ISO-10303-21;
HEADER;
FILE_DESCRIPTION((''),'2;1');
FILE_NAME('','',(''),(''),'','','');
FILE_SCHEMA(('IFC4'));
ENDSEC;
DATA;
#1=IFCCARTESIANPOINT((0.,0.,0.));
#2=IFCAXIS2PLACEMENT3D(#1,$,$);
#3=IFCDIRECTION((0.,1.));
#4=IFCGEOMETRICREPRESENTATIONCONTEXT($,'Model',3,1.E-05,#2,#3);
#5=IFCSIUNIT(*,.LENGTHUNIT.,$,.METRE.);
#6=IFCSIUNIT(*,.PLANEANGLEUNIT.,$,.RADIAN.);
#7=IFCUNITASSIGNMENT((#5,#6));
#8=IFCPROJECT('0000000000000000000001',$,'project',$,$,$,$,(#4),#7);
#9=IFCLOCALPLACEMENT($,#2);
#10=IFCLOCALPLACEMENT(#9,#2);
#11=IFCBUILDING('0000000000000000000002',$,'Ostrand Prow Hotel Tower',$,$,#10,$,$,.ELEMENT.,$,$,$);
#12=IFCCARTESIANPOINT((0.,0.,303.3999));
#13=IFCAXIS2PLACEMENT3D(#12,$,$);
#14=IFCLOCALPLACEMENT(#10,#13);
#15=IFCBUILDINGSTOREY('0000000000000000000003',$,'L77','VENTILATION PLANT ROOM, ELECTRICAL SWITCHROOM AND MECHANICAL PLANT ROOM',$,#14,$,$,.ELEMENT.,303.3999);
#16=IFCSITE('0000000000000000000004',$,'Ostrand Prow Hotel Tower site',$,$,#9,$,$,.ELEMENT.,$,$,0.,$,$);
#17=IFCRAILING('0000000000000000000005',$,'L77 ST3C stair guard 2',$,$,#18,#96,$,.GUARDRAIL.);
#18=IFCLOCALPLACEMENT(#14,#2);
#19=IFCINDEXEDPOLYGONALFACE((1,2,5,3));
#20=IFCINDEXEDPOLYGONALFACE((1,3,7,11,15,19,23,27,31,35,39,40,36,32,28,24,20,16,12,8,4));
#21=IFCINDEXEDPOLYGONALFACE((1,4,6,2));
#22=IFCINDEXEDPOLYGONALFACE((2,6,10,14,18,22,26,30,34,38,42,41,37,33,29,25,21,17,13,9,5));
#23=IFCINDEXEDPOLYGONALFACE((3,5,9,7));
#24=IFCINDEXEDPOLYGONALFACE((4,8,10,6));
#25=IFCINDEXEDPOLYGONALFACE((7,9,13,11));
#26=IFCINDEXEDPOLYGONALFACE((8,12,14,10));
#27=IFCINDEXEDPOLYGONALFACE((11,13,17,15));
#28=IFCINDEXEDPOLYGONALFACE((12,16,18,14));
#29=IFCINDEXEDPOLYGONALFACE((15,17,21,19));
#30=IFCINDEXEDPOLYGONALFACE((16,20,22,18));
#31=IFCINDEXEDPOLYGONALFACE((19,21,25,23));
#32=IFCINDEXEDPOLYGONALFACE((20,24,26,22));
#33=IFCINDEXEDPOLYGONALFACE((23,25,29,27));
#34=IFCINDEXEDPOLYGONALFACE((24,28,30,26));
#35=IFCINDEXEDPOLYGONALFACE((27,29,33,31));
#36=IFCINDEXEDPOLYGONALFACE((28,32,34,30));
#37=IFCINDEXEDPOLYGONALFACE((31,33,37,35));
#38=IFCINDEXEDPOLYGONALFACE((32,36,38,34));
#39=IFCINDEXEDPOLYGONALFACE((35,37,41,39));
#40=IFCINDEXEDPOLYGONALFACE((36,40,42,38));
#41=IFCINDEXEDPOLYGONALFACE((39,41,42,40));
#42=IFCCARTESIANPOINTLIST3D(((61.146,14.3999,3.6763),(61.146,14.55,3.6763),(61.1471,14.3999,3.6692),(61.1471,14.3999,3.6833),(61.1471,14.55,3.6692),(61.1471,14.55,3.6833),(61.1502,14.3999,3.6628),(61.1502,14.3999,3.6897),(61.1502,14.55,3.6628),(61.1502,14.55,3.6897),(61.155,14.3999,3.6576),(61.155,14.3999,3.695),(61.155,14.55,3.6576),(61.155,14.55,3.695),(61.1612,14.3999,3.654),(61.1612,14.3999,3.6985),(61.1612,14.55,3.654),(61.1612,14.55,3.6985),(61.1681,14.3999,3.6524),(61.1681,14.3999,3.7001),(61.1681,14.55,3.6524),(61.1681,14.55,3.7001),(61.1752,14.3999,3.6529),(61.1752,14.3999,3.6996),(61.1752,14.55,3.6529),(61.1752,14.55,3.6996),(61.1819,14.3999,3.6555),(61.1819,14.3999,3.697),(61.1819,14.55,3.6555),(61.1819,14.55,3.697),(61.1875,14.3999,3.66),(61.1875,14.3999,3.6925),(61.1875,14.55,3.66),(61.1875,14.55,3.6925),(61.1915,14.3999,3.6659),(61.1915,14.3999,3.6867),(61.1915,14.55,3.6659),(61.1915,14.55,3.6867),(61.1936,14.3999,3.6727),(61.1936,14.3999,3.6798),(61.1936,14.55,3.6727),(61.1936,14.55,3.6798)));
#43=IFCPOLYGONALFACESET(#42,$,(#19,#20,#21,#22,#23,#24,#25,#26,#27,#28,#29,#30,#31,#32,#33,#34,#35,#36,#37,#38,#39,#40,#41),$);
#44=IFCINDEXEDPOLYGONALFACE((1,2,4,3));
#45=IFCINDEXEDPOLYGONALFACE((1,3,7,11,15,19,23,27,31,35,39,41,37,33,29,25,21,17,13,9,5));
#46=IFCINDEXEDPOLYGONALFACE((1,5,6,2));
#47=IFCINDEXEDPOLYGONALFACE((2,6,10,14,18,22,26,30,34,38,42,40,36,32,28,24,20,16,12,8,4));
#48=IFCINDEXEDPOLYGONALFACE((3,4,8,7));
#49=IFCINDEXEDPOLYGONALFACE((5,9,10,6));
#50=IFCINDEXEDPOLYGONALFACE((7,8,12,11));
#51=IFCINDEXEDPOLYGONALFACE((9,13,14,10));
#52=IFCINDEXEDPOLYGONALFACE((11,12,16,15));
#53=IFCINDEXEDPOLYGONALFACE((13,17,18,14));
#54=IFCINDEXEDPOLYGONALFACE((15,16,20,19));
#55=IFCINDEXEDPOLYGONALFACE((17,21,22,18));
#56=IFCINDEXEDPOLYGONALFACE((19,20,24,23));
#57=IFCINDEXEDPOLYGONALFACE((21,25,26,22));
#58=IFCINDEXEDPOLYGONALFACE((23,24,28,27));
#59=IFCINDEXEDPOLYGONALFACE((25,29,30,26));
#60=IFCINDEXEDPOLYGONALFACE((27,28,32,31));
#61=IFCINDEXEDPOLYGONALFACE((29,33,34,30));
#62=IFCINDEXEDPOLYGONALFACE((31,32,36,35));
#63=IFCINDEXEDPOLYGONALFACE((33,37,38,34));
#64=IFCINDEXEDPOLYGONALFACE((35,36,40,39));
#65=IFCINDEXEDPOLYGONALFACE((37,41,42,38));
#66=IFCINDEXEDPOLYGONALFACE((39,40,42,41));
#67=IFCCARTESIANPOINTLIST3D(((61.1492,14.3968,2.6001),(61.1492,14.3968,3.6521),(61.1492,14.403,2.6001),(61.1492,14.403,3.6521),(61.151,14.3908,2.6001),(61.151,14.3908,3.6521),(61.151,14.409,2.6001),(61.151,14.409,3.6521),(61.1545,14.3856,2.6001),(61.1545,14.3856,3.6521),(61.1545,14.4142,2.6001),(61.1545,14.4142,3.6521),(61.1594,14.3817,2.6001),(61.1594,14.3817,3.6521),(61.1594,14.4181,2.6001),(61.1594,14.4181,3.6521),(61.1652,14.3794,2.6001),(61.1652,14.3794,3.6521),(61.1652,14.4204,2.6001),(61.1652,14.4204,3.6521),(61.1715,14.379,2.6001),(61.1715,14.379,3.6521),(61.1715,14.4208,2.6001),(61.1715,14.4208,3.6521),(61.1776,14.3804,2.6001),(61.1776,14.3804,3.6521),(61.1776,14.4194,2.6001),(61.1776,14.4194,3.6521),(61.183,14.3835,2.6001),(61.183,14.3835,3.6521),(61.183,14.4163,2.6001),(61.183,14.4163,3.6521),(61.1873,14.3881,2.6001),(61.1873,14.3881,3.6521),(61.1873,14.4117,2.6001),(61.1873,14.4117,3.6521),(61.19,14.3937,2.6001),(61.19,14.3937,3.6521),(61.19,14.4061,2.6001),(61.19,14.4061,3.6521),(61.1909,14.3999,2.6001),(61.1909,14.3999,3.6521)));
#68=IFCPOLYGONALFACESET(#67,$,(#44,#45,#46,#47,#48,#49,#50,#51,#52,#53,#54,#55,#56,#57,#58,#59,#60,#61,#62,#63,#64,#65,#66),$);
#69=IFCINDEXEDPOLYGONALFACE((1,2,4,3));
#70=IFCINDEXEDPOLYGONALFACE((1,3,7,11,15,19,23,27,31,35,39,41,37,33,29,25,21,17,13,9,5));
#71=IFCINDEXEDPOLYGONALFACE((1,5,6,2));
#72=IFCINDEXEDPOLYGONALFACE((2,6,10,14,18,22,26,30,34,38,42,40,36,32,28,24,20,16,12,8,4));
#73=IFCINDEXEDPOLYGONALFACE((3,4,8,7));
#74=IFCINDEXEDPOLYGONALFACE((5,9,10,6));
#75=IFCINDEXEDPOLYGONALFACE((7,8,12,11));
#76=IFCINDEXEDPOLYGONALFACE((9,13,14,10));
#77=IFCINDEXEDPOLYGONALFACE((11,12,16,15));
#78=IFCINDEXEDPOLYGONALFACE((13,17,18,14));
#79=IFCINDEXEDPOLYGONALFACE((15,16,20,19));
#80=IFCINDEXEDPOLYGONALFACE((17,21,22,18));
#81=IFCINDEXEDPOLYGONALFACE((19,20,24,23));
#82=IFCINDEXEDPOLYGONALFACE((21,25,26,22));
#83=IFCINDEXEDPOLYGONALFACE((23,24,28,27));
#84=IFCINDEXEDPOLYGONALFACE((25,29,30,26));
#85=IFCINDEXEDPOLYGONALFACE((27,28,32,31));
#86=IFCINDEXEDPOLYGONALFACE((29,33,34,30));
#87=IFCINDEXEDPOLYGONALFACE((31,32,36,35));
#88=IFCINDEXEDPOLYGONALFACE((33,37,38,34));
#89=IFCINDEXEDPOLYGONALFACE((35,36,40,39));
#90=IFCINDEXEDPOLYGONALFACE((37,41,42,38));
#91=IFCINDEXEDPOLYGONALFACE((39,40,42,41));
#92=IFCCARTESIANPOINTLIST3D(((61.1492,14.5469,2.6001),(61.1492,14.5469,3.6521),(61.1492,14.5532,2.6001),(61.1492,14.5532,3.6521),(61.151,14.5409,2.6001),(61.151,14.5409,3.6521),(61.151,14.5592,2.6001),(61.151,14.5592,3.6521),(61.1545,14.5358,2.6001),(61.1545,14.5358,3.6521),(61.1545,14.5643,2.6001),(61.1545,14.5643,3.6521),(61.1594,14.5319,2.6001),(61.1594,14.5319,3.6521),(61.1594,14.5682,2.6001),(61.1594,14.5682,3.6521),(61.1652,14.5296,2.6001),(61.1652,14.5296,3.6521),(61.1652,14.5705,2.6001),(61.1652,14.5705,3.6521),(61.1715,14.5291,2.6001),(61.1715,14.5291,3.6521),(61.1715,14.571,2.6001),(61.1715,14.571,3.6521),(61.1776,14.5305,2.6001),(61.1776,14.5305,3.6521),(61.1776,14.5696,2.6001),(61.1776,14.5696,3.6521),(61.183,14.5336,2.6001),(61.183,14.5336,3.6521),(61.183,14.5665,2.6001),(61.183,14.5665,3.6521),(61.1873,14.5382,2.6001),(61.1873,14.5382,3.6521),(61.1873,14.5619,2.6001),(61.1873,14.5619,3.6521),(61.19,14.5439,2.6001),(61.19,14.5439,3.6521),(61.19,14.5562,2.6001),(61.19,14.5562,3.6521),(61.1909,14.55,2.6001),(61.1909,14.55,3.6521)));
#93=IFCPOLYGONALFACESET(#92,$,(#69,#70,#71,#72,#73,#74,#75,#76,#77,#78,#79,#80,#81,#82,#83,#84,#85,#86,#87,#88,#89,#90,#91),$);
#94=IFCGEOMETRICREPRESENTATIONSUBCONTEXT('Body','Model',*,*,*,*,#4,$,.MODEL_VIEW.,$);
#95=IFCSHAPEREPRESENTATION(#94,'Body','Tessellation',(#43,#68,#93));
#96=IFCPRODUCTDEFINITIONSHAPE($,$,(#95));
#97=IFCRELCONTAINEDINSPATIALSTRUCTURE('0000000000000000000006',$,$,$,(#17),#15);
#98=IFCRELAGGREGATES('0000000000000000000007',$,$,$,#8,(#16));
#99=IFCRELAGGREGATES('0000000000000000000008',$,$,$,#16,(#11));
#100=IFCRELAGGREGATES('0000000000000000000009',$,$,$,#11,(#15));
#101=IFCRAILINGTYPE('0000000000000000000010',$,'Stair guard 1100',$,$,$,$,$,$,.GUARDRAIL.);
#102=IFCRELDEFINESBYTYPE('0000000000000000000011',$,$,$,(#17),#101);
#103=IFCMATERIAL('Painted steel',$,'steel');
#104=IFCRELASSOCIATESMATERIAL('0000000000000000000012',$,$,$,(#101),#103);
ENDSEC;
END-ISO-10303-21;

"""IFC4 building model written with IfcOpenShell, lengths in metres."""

from ifc_helpers import new_model, si_unit, direction, frame, origin, origin_2d, place, context, subcontext, project, spatial, circle, extrude, material, type_object, element, save


model = new_model("IFC4")

# Units and contexts
model_context = context("Model", 3, precision=1e-05, world=origin(), true_north=direction((0.0, 1.0)))
body_context = subcontext(model_context, "Body", "Model", "MODEL_VIEW")
ifc_project = project(units=[si_unit("LENGTHUNIT", "METRE"), si_unit("PLANEANGLEUNIT", "RADIAN")], contexts=[model_context])

# Site, building, storey
site_placement = place(None, origin())
site = spatial("IfcSite", under=ifc_project, at=site_placement, Name="Ostrand Prow Hotel Tower site", CompositionType="ELEMENT", RefElevation=0.0)
building_placement = place(site_placement, origin())
building = spatial("IfcBuilding", under=site, at=building_placement, Name="Ostrand Prow Hotel Tower", CompositionType="ELEMENT")
storey_placement = place(building_placement, frame((0.0, 0.0, 303.3999)))
storey = spatial("IfcBuildingStorey", under=building, at=storey_placement, Name="L77", Description="VENTILATION PLANT ROOM, ELECTRICAL SWITCHROOM AND MECHANICAL PLANT ROOM", CompositionType="ELEMENT", Elevation=303.3999)

# Railing
ifc_material_1 = material(Name="Painted steel", Category="steel")
railing_type_1 = type_object("IfcRailingType", Name="Stair guard 1100", PredefinedType="GUARDRAIL", material=ifc_material_1)
railing_1_placement = place(storey_placement, frame((61.1699, 14.3999, 2.6001)))
element("IfcRailing", 1, at=railing_1_placement, inside=storey, type_object=railing_type_1, Name="L77 ST3C stair guard 2", PredefinedType="GUARDRAIL", context=body_context, shape_type="SweptSolid", body=[
    extrude(circle(Radius=0.0239, at=origin_2d()), frame((0.0, 0.0, 1.0762), z_axis=(0.0, 1.0, 0.0), x_axis=(-1.0, 0.0, 0.0)), (0.0, 0.0, 1.0), 0.1501),
    extrude(circle(Radius=0.021, at=origin_2d()), origin(), (0.0, 0.0, 1.0), 1.052),
    extrude(circle(Radius=0.021, at=origin_2d()), frame((0.0, 0.1501, 0.0)), (0.0, 0.0, 1.0), 1.052),
])

save(model, "model.ifc")
